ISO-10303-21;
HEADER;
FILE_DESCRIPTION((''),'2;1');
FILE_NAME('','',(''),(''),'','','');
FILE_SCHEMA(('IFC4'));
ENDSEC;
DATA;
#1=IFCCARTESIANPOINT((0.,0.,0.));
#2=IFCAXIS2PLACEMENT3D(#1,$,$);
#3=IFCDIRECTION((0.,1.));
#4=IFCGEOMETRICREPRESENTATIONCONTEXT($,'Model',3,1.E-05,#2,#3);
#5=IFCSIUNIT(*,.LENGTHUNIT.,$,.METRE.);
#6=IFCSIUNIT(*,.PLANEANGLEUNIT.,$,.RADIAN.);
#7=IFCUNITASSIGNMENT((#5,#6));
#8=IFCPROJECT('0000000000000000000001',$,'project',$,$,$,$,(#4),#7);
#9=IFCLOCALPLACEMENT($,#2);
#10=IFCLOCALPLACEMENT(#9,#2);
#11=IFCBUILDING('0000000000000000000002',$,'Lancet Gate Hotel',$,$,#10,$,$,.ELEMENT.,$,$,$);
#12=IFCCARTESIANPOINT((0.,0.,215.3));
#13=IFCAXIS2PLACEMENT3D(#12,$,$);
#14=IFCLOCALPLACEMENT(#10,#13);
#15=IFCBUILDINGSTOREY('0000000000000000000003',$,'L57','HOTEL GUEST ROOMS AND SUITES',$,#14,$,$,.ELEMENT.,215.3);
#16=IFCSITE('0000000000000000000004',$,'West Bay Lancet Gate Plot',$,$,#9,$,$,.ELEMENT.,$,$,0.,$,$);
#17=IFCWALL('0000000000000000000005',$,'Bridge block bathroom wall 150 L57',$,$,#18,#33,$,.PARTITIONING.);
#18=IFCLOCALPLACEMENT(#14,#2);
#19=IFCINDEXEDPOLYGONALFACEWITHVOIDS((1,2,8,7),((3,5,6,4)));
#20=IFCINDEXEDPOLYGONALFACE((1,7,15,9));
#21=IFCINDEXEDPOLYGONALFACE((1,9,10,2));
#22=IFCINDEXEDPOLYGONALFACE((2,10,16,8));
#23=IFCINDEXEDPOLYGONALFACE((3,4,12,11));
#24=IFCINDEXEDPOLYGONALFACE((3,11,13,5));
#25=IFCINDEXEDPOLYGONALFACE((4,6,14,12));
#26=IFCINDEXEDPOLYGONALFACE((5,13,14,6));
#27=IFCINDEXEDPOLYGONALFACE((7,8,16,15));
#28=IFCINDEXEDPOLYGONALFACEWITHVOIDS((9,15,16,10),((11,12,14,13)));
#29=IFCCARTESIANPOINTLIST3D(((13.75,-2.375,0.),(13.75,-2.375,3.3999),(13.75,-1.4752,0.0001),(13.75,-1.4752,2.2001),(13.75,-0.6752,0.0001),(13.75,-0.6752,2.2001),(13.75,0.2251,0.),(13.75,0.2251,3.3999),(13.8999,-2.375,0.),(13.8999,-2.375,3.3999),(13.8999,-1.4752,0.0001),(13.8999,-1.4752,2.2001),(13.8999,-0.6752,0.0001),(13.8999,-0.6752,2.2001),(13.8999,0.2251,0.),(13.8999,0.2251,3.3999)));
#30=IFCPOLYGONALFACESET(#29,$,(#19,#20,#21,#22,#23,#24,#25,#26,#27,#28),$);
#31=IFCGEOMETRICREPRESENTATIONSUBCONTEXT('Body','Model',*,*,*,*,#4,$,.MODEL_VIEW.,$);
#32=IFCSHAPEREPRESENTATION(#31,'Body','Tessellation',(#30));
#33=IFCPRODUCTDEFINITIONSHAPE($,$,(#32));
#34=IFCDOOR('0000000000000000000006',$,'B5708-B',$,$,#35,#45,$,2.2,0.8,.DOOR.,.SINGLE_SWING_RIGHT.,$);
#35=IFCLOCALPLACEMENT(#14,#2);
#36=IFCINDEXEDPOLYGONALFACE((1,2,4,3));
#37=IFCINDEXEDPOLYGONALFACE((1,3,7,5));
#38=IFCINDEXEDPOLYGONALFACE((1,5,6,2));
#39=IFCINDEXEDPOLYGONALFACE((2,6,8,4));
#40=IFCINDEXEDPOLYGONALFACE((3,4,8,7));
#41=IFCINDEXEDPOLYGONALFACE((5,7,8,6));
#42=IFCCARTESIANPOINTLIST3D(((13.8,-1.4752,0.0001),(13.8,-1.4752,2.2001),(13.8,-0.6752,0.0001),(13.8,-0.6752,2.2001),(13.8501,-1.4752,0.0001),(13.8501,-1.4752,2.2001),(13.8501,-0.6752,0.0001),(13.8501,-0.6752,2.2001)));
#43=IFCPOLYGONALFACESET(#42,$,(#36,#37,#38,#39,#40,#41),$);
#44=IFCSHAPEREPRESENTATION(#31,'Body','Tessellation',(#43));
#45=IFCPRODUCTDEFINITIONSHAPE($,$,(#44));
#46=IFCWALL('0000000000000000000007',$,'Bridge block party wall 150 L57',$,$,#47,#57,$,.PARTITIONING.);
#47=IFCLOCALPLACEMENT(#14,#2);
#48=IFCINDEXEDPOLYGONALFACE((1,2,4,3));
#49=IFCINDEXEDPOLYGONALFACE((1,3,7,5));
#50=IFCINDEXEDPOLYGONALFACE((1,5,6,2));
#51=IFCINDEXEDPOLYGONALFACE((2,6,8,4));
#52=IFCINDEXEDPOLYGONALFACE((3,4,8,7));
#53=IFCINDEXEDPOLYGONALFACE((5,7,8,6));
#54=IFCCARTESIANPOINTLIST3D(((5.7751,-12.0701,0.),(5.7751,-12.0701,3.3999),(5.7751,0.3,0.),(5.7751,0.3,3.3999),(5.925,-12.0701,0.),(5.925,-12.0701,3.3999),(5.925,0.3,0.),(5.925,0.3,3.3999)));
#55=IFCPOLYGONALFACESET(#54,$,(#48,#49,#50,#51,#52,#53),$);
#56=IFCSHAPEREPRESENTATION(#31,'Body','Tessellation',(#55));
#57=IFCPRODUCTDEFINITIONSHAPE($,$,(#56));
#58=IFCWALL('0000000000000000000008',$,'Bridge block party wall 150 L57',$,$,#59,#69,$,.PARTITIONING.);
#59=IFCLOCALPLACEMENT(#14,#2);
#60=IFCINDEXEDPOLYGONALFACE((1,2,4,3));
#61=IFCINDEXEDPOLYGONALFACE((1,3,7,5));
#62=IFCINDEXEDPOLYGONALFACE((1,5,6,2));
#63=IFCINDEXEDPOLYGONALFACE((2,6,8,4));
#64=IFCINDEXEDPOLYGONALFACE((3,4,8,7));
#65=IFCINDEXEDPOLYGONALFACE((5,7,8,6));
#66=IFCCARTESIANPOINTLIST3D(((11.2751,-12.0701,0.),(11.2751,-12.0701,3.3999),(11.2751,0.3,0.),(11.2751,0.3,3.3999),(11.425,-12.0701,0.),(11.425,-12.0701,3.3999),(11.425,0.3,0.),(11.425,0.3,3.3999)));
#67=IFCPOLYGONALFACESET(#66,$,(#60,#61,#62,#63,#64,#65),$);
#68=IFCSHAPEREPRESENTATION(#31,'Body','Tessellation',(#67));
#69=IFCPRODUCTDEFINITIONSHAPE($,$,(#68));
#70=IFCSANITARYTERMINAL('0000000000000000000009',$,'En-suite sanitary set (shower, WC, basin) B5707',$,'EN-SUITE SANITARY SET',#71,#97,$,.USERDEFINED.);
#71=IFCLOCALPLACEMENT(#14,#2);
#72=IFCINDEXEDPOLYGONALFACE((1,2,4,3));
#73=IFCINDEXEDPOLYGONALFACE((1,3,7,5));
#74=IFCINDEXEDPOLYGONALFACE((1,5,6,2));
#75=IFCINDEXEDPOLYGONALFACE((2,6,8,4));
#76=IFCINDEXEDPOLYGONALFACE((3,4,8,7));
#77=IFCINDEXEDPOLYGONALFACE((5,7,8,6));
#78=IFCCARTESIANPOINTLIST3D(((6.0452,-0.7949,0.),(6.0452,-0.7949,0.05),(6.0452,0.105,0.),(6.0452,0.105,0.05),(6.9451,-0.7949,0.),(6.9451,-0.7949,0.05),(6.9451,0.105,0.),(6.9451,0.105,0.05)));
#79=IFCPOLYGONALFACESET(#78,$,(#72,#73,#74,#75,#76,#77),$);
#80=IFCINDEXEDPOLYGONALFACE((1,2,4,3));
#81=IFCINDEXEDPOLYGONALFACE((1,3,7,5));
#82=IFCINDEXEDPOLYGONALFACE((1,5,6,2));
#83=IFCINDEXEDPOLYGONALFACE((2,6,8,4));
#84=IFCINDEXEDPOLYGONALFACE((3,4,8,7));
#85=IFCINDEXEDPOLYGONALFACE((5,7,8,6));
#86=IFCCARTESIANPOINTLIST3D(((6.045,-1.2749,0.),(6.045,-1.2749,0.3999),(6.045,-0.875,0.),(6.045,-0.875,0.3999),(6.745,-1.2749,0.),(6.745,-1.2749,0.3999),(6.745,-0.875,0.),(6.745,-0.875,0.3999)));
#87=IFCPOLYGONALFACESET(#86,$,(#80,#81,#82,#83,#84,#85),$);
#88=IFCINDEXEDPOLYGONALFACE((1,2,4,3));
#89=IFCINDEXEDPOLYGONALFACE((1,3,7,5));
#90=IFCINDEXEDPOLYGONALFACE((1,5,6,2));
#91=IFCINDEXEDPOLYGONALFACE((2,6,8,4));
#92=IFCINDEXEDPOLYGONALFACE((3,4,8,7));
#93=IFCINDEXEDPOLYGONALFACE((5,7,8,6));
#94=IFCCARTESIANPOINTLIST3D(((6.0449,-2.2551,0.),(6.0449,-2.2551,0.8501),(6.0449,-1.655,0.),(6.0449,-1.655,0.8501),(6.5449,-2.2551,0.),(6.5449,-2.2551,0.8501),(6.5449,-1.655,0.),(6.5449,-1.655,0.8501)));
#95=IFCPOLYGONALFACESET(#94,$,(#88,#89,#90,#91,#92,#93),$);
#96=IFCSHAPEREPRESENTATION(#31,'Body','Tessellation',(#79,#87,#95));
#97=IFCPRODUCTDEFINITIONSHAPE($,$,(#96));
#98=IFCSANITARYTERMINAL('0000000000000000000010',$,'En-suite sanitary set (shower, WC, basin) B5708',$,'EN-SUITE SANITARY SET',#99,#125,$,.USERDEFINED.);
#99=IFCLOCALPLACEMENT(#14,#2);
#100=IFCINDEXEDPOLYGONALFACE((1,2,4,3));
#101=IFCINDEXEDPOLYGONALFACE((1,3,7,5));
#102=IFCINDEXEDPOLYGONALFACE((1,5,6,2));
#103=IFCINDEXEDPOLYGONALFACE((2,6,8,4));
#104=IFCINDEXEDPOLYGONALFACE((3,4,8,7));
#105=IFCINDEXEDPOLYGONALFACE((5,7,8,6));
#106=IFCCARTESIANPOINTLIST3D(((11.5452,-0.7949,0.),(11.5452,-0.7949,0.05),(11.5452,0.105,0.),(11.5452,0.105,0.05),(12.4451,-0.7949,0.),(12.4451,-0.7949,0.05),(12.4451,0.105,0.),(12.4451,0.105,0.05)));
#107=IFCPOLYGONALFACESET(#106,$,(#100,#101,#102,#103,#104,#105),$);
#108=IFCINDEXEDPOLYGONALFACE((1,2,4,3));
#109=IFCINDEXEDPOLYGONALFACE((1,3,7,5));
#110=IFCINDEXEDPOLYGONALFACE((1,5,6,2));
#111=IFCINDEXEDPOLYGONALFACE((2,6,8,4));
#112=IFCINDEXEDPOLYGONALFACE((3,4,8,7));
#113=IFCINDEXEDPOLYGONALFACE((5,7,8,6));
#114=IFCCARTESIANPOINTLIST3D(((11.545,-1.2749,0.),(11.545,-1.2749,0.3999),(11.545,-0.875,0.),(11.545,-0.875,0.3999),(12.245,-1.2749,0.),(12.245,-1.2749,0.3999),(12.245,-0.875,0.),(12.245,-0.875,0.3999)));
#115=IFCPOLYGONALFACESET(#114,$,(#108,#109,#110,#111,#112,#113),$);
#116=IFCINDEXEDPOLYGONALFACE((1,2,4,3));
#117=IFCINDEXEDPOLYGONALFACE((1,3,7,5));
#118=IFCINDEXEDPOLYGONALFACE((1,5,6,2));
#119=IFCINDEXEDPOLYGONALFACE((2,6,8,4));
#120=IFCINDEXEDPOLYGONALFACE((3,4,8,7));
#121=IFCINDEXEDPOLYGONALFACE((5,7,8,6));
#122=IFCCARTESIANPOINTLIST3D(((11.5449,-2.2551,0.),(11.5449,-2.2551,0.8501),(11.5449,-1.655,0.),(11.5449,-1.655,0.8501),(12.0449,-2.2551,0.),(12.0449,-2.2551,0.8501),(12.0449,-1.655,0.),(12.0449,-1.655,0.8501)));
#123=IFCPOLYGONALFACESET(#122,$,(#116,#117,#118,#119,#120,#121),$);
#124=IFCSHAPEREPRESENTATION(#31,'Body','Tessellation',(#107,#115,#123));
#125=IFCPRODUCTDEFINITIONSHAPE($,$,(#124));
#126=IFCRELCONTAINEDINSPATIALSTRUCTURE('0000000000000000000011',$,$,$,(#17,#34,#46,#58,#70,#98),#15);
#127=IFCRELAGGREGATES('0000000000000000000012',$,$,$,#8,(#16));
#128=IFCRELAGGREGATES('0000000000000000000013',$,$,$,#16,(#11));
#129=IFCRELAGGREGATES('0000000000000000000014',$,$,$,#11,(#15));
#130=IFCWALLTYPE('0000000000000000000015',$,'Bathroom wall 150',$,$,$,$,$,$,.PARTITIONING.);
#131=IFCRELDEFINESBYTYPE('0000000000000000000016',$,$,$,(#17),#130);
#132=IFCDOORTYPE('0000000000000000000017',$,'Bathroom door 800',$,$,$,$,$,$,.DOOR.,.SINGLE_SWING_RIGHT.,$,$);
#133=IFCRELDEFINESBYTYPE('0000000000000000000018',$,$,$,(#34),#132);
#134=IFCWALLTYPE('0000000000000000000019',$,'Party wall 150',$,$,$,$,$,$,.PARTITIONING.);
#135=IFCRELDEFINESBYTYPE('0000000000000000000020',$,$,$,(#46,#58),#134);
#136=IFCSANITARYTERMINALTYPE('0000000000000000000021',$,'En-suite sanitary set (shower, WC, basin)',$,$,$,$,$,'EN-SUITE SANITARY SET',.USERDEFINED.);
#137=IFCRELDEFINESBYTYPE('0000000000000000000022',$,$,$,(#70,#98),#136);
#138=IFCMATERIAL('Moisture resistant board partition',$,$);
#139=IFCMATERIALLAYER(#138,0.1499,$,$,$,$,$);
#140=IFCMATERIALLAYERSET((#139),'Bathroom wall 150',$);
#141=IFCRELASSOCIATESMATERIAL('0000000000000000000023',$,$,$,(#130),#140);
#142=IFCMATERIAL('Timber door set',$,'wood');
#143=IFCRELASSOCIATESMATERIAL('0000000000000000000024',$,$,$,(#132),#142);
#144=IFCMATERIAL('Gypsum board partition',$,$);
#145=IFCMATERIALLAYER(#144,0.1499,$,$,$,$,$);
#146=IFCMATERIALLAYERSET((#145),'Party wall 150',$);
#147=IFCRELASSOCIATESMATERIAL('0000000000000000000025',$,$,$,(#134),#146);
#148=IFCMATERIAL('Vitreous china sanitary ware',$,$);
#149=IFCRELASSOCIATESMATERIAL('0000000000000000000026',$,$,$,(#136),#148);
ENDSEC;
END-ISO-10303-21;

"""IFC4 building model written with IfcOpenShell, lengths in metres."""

from ifc_helpers import new_model, si_unit, direction, frame, frame_2d, origin, origin_2d, place, context, subcontext, project, spatial, rectangle, extrude, material, layer, layer_set, type_object, element, fill, save


model = new_model("IFC4")

# Units and contexts
model_context = context("Model", 3, precision=1e-05, world=origin(), true_north=direction((0.0, 1.0)))
body_context = subcontext(model_context, "Body", "Model", "MODEL_VIEW")
ifc_project = project(units=[si_unit("LENGTHUNIT", "METRE"), si_unit("PLANEANGLEUNIT", "RADIAN")], contexts=[model_context])

# Site, building, storey
site_placement = place(None, origin())
site = spatial("IfcSite", under=ifc_project, at=site_placement, Name="West Bay Lancet Gate Plot", CompositionType="ELEMENT", RefElevation=0.0)
building_placement = place(site_placement, origin())
building = spatial("IfcBuilding", under=site, at=building_placement, Name="Lancet Gate Hotel", CompositionType="ELEMENT")
storey_placement = place(building_placement, frame((0.0, 0.0, 215.3)))
storey = spatial("IfcBuildingStorey", under=building, at=storey_placement, Name="L57", Description="HOTEL GUEST ROOMS AND SUITES", CompositionType="ELEMENT", Elevation=215.3)

# Shared definitions
ifc_material_1 = material(Name="Moisture resistant board partition")
ifc_layer_1 = layer(ifc_material_1, 0.1499)
ifc_layer_set_1 = layer_set([ifc_layer_1], Name="Bathroom wall 150")
wall_type_1 = type_object("IfcWallType", Name="Bathroom wall 150", PredefinedType="PARTITIONING", material=ifc_layer_set_1)

# Shared definitions
ifc_material_2 = material(Name="Timber door set", Category="wood")
door_type = type_object("IfcDoorType", Name="Bathroom door 800", OperationType="SINGLE_SWING_RIGHT", PredefinedType="DOOR", material=ifc_material_2)

# Wall, opening, door
wall_1_placement = place(storey_placement, frame((13.825, -2.375, 0.0), z_axis=(0.0, 0.0, 1.0), x_axis=(0.0, 1.0, 0.0)))
wall_1 = element("IfcWall", 1, at=wall_1_placement, inside=storey, type_object=wall_type_1, Name="Bridge block bathroom wall 150 L57", PredefinedType="PARTITIONING", context=body_context, shape_type="SweptSolid", body=[
    extrude(rectangle(XDim=2.6001, YDim=0.1499, at=frame_2d((1.3, 0.0))), origin(), (0.0, 0.0, 1.0), 3.3999),
])
opening_1_placement = place(wall_1_placement, frame((0.8999, 0.0, 0.0)))
opening_1 = element("IfcOpeningElement", 2, at=opening_1_placement, cuts=wall_1, PredefinedType="OPENING", context=body_context, shape_type="SweptSolid", body=[
    extrude(rectangle(XDim=0.8, YDim=2.2, at=frame_2d((0.3999, 1.1001))), frame((0.0, 0.085, 0.0), z_axis=(0.0, -1.0, 0.0), x_axis=(1.0, 0.0, 0.0)), (0.0, 0.0, 1.0), 0.1699),
])
door_1_placement = place(opening_1_placement, origin())
door_1 = element("IfcDoor", 3, at=door_1_placement, inside=storey, type_object=door_type, Name="B5708-B", OperationType="SINGLE_SWING_RIGHT", OverallHeight=2.2, OverallWidth=0.8, PredefinedType="DOOR", context=body_context, shape_type="SweptSolid", body=[
    extrude(rectangle(XDim=0.8, YDim=2.2, at=frame_2d((0.3999, 1.1001))), frame((0.0, 0.0249, 0.0), z_axis=(0.0, -1.0, 0.0), x_axis=(1.0, 0.0, 0.0)), (0.0, 0.0, 1.0), 0.05),
])
fill(opening_1, door_1)

# Walls
ifc_material_3 = material(Name="Gypsum board partition")
ifc_layer_2 = layer(ifc_material_3, 0.1499)
ifc_layer_set_2 = layer_set([ifc_layer_2], Name="Party wall 150")
wall_type_2 = type_object("IfcWallType", Name="Party wall 150", PredefinedType="PARTITIONING", material=ifc_layer_set_2)
for number, where, z_axis, x_axis, name in (
    (4, (5.8501, -12.0701, 0.0), (0.0, 0.0, 1.0), (0.0, 1.0, 0.0), "Bridge block party wall 150 L57"),
    (5, (11.3501, -12.0701, 0.0), (0.0, 0.0, 1.0), (0.0, 1.0, 0.0), "Bridge block party wall 150 L57"),
):
    element("IfcWall", number, at=place(storey_placement, frame(where, z_axis=z_axis, x_axis=x_axis)), inside=storey, type_object=wall_type_2, Name=name, PredefinedType="PARTITIONING", context=body_context, shape_type="SweptSolid", body=[
        extrude(rectangle(XDim=12.3701, YDim=0.1499, at=frame_2d((6.1851, 0.0))), origin(), (0.0, 0.0, 1.0), 3.3999),
    ])

# Sanitary terminals
ifc_material_4 = material(Name="Vitreous china sanitary ware")
sanitary_terminal_type = type_object("IfcSanitaryTerminalType", Name="En-suite sanitary set (shower, WC, basin)", ElementType="EN-SUITE SANITARY SET", PredefinedType="USERDEFINED", material=ifc_material_4)
for number, where, z_axis, x_axis, name in (
    (6, (6.4951, -0.345, 0.0), (0.0, 0.0, 1.0), (1.0, 0.0, 0.0), "En-suite sanitary set (shower, WC, basin) B5707"),
    (7, (11.9951, -0.345, 0.0), (0.0, 0.0, 1.0), (1.0, 0.0, 0.0), "En-suite sanitary set (shower, WC, basin) B5708"),
):
    element("IfcSanitaryTerminal", number, at=place(storey_placement, frame(where, z_axis=z_axis, x_axis=x_axis)), inside=storey, type_object=sanitary_terminal_type, Name=name, ObjectType="EN-SUITE SANITARY SET", PredefinedType="USERDEFINED", context=body_context, shape_type="SweptSolid", body=[
        extrude(rectangle(XDim=0.8999, YDim=0.8999, at=origin_2d()), frame((0.0, 0.0, 0.0), z_axis=(0.0, 0.0, 1.0), x_axis=(0.0, 1.0, 0.0)), (0.0, 0.0, 1.0), 0.05),
        extrude(rectangle(XDim=0.3999, YDim=0.7, at=origin_2d()), frame((-0.1001, -0.73, 0.0), z_axis=(0.0, 0.0, 1.0), x_axis=(0.0, 1.0, 0.0)), (0.0, 0.0, 1.0), 0.3999),
        extrude(rectangle(XDim=0.6001, YDim=0.5, at=origin_2d()), frame((-0.2002, -1.6101, 0.0), z_axis=(0.0, 0.0, 1.0), x_axis=(0.0, 1.0, 0.0)), (0.0, 0.0, 1.0), 0.8501),
    ])

save(model, "model.ifc")
